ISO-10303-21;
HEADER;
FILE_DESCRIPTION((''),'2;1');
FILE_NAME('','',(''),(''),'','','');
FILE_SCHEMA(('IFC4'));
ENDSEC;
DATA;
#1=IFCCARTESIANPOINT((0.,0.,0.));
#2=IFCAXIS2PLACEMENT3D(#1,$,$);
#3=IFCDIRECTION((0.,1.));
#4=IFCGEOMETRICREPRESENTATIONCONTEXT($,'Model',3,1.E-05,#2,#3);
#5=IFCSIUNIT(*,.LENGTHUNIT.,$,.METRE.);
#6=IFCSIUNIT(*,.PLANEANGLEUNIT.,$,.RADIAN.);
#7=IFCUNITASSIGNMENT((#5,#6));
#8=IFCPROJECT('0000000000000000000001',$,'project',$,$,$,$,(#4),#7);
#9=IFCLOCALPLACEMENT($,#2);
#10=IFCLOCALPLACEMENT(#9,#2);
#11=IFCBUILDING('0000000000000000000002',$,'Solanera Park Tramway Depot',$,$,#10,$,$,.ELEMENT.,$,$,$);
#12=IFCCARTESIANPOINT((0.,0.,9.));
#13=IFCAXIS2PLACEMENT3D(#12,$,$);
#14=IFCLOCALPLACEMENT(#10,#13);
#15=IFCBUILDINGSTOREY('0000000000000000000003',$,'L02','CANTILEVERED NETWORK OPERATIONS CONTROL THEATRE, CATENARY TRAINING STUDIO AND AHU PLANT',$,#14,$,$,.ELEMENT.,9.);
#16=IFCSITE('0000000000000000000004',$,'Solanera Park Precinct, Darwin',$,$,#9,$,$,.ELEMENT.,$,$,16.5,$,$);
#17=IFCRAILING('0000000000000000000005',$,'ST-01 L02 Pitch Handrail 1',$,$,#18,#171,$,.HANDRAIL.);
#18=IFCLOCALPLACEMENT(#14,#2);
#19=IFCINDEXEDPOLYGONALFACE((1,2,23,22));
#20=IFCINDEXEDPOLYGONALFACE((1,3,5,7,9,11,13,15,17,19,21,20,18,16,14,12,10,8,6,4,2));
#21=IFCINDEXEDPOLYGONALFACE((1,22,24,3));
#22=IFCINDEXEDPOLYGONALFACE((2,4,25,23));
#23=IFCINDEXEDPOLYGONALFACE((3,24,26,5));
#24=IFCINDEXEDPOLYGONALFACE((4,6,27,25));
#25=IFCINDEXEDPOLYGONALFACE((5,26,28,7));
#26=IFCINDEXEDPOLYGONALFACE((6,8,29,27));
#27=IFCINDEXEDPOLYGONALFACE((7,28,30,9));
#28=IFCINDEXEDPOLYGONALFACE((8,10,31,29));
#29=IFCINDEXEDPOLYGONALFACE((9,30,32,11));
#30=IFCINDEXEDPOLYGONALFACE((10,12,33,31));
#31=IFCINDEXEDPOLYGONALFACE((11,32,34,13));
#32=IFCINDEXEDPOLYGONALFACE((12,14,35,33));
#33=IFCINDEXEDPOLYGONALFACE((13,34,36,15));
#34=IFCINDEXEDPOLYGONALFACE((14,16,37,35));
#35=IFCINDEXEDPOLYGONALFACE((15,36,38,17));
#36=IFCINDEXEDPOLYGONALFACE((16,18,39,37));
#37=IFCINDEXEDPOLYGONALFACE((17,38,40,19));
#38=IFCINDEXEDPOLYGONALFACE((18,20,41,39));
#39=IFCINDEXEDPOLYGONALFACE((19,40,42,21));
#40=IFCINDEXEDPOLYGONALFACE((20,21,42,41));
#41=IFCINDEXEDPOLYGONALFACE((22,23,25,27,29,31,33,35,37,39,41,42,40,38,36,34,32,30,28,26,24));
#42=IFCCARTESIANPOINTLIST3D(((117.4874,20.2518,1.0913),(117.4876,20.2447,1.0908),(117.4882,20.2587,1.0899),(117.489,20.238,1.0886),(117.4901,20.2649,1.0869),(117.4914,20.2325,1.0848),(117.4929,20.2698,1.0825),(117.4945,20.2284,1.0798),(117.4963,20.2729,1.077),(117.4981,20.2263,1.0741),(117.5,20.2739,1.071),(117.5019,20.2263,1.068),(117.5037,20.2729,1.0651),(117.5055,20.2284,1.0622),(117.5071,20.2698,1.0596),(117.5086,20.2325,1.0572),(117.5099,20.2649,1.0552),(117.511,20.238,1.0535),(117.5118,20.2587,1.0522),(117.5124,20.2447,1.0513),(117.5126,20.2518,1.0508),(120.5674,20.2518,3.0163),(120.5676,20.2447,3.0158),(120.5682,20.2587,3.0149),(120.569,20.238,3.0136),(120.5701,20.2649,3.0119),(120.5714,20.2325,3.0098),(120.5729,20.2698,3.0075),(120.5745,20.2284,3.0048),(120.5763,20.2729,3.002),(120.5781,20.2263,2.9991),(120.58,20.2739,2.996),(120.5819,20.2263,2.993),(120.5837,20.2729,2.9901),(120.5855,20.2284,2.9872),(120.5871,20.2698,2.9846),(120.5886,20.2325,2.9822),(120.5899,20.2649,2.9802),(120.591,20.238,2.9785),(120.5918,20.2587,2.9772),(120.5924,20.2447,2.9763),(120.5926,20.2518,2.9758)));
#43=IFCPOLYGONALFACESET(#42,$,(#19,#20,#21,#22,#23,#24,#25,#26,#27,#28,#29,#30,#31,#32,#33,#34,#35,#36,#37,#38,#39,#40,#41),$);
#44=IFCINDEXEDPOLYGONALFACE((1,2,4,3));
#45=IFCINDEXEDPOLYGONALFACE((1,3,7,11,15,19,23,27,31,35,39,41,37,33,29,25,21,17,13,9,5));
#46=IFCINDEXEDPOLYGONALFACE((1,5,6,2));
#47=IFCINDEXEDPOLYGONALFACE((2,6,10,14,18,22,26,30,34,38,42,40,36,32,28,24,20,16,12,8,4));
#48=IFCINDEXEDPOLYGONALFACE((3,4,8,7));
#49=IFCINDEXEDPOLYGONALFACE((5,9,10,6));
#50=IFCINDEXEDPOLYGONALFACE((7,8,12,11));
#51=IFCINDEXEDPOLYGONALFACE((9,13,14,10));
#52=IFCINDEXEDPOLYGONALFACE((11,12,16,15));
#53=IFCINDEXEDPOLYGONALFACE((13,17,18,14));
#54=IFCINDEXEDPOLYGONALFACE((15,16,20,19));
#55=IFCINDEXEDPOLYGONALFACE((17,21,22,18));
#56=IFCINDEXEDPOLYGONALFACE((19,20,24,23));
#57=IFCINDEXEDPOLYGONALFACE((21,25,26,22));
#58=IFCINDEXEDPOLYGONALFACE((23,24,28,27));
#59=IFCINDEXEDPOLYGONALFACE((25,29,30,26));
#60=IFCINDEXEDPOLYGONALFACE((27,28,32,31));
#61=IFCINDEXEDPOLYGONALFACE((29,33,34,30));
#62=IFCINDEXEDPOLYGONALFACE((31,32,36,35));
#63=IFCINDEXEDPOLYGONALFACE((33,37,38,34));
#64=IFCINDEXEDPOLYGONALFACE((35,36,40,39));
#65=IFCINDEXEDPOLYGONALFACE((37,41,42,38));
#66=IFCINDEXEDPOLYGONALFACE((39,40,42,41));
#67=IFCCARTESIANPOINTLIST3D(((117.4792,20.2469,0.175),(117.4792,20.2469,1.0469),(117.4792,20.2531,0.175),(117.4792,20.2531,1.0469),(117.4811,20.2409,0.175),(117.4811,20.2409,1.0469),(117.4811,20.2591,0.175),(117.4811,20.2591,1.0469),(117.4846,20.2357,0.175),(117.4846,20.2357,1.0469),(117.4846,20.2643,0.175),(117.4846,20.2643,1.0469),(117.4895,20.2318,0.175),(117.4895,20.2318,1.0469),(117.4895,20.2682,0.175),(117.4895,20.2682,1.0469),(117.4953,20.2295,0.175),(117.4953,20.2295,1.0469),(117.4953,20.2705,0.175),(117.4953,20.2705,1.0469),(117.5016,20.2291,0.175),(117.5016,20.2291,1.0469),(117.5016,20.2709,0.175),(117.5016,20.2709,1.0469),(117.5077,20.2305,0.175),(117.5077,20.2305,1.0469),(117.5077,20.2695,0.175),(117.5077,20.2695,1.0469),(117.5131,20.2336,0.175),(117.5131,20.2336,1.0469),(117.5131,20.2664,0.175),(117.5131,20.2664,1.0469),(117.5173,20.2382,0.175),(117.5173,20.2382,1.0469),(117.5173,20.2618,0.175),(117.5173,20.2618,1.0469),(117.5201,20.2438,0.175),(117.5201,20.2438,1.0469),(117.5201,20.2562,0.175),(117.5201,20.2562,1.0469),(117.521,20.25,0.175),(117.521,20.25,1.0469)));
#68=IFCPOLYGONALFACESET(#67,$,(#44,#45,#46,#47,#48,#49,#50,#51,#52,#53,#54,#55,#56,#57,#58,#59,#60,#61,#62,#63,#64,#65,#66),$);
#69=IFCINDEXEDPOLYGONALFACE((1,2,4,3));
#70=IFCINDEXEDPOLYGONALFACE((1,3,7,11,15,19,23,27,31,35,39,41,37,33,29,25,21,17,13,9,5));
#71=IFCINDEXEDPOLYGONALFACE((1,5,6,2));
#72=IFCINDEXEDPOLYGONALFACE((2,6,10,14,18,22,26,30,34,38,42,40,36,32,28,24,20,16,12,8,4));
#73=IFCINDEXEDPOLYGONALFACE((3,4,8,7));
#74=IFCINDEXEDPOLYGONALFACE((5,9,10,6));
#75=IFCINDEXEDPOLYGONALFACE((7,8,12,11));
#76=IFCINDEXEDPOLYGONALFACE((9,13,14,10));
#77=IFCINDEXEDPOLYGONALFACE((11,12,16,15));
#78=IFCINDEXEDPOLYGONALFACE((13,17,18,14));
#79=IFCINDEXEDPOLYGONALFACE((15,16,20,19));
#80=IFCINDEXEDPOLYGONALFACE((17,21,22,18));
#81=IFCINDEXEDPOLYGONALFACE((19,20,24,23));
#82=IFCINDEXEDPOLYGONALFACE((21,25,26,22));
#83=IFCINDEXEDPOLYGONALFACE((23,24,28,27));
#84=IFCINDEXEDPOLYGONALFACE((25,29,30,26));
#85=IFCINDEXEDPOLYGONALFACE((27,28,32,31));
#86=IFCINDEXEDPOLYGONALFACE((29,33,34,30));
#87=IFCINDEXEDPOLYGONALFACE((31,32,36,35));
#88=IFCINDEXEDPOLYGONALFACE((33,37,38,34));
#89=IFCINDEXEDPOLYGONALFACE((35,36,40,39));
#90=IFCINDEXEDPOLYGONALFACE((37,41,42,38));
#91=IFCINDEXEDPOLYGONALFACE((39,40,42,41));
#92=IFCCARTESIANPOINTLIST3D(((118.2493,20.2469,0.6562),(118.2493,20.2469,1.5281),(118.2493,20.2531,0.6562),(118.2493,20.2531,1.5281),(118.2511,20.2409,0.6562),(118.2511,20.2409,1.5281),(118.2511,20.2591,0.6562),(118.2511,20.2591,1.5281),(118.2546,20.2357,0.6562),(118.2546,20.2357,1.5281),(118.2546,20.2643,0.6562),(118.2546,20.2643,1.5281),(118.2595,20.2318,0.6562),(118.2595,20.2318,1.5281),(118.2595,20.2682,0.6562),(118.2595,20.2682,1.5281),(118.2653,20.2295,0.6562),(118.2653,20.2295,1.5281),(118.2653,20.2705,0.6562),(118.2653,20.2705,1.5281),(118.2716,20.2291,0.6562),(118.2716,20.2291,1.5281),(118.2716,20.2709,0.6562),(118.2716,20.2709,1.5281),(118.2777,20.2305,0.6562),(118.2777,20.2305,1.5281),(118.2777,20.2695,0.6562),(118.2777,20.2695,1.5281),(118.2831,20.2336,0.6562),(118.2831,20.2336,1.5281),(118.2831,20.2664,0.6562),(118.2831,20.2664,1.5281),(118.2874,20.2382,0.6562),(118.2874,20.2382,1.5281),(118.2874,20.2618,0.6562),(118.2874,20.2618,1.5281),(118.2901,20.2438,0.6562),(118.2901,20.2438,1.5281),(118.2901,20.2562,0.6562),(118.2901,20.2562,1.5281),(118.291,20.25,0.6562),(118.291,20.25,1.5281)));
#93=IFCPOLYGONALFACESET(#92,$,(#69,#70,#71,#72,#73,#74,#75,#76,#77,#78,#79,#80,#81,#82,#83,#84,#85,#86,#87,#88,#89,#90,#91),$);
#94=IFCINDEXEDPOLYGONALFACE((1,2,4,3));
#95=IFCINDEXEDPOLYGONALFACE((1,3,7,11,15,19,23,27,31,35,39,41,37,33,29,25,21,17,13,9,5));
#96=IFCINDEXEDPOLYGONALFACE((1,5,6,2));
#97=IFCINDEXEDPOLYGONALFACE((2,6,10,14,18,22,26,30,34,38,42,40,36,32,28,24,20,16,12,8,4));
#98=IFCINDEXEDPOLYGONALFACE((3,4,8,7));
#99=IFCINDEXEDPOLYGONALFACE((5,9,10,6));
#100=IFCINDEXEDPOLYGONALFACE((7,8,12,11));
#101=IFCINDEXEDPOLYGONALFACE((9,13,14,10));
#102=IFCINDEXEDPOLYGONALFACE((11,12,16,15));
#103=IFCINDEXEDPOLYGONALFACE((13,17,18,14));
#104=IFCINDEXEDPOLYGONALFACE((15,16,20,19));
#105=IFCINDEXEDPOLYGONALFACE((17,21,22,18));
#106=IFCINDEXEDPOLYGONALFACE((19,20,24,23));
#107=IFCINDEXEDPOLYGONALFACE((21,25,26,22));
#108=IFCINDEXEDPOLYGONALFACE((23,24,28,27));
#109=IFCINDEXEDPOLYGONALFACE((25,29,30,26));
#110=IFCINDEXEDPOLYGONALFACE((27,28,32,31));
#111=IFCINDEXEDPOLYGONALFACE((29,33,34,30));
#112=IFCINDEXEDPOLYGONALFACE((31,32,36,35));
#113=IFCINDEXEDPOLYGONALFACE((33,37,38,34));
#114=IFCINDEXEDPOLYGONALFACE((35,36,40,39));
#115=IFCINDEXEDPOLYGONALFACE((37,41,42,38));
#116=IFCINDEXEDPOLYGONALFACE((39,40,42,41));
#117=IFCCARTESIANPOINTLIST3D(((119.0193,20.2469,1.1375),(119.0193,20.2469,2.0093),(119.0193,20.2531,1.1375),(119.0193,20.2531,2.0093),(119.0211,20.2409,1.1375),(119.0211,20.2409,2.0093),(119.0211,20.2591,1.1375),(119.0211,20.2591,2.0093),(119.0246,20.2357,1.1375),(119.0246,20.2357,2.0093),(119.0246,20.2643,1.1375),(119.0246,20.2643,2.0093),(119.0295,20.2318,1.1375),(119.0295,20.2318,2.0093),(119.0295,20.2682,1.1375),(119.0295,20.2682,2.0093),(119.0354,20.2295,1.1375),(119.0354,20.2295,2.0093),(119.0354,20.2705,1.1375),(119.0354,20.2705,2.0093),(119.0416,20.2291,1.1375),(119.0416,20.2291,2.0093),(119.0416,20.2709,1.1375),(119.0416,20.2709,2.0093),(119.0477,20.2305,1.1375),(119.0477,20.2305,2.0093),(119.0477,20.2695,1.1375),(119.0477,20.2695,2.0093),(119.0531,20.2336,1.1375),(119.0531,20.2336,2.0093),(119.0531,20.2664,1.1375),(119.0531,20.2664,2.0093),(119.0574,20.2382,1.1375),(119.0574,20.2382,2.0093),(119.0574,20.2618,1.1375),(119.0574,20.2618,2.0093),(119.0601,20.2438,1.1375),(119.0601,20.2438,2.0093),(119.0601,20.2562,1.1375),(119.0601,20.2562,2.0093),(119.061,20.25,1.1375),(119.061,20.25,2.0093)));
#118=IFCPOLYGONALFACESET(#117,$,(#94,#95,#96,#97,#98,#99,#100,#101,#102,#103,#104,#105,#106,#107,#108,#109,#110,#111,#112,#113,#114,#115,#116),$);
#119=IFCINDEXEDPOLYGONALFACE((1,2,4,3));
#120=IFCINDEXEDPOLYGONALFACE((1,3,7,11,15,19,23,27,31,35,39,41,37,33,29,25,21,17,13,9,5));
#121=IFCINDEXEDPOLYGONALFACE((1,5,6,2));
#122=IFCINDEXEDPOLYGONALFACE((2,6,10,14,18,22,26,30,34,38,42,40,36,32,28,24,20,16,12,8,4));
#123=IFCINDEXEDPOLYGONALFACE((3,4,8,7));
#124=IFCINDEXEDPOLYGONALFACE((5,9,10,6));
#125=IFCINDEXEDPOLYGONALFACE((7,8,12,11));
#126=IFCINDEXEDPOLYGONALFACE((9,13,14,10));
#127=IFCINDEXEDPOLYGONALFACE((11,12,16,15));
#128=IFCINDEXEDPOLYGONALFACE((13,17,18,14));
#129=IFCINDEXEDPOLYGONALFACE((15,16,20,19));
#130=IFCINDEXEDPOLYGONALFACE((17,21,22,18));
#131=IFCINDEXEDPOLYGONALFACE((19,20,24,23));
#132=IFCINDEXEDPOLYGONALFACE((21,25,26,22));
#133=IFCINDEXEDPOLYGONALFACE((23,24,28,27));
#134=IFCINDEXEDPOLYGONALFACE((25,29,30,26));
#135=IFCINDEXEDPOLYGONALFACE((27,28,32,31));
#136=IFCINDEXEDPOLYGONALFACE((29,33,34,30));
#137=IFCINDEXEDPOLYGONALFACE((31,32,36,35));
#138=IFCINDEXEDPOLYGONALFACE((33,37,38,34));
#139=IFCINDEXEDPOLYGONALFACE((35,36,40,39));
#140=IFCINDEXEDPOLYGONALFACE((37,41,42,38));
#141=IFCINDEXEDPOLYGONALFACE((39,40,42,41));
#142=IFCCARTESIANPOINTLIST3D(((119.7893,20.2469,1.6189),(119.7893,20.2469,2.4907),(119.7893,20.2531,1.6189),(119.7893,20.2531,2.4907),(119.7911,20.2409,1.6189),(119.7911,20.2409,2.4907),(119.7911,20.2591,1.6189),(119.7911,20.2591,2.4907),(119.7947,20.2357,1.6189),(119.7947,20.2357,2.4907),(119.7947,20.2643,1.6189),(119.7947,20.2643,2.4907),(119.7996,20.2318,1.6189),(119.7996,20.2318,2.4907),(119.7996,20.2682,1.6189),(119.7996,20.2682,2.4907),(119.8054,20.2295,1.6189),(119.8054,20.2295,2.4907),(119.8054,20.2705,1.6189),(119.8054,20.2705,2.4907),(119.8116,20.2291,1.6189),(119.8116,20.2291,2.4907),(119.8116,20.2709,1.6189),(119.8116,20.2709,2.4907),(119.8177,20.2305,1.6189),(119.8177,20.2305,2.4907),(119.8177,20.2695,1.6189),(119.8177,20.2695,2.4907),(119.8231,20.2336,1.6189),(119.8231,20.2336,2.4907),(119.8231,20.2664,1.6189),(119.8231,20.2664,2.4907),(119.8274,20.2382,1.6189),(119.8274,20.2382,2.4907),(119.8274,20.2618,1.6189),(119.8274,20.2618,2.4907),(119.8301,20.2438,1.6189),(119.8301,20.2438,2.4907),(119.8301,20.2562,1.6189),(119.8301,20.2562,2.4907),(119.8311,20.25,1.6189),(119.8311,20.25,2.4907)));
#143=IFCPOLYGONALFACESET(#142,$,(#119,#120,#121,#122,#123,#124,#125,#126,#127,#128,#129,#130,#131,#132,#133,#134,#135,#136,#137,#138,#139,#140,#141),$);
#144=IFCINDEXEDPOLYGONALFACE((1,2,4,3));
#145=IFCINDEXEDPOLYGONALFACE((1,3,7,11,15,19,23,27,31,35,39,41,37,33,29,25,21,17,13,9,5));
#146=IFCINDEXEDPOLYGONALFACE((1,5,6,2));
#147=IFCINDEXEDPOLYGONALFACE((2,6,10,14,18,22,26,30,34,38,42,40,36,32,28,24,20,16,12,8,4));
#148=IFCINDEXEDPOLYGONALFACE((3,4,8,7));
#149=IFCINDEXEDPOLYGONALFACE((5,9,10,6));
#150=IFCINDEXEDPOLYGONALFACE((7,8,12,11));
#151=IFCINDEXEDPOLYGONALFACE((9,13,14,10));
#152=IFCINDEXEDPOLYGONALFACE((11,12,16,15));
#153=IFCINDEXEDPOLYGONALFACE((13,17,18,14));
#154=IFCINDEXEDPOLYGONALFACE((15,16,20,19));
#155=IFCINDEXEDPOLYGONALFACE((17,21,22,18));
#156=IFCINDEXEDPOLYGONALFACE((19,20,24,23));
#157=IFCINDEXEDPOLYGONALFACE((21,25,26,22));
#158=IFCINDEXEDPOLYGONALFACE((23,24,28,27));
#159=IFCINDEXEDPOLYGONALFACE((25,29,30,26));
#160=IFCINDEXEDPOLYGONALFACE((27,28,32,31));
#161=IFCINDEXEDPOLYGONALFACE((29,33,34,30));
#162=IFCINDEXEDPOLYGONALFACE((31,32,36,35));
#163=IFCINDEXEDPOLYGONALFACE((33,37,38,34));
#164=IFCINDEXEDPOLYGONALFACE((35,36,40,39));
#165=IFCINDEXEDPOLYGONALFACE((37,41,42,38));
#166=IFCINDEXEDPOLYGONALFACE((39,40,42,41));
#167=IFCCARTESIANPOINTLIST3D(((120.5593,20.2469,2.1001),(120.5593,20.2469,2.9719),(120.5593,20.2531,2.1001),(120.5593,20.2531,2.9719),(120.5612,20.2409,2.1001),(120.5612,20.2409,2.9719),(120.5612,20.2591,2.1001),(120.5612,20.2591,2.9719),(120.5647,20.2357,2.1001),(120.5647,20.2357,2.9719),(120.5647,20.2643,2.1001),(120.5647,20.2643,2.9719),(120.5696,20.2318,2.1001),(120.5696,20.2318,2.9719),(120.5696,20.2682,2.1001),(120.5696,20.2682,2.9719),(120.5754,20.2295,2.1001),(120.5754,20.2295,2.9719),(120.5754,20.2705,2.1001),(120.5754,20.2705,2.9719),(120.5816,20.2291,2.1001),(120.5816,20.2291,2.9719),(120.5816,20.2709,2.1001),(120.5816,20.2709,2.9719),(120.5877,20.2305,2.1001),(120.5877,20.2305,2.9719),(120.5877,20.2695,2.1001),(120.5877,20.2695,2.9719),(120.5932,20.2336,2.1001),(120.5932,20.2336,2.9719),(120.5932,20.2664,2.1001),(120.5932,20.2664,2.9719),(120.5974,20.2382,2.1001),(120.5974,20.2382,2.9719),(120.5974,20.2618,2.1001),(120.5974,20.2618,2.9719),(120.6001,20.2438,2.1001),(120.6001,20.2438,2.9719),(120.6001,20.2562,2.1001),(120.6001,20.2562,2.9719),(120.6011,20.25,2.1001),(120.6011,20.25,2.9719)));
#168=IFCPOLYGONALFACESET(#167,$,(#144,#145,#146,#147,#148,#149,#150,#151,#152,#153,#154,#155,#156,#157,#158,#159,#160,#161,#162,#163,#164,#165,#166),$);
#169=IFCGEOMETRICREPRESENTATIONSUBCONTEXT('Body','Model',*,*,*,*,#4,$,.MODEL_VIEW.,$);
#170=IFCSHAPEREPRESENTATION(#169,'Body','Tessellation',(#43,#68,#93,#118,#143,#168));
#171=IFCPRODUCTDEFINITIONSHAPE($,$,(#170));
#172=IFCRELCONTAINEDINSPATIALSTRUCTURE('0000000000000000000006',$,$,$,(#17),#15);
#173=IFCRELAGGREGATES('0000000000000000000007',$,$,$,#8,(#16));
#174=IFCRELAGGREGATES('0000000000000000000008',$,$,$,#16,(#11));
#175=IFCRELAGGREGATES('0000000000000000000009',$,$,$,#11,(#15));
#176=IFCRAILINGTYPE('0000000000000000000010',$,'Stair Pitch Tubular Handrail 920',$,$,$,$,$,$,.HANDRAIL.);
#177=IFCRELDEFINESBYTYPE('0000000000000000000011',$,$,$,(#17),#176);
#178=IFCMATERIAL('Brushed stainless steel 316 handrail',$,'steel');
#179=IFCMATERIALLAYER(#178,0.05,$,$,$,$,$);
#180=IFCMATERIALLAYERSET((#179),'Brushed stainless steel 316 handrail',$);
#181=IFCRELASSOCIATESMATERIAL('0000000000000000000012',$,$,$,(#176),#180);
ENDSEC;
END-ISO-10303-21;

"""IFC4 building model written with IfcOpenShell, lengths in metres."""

from ifc_helpers import new_model, si_unit, direction, frame, origin, origin_2d, place, context, subcontext, project, spatial, circle, extrude, material, layer, layer_set, type_object, element, save


model = new_model("IFC4")

# Units and contexts
model_context = context("Model", 3, precision=1e-05, world=origin(), true_north=direction((0.0, 1.0)))
body_context = subcontext(model_context, "Body", "Model", "MODEL_VIEW")
ifc_project = project(units=[si_unit("LENGTHUNIT", "METRE"), si_unit("PLANEANGLEUNIT", "RADIAN")], contexts=[model_context])

# Site, building, storey
site_placement = place(None, origin())
site = spatial("IfcSite", under=ifc_project, at=site_placement, Name="Solanera Park Precinct, Darwin", CompositionType="ELEMENT", RefElevation=16.5)
building_placement = place(site_placement, origin())
building = spatial("IfcBuilding", under=site, at=building_placement, Name="Solanera Park Tramway Depot", CompositionType="ELEMENT")
storey_placement = place(building_placement, frame((0.0, 0.0, 9.0)))
storey = spatial("IfcBuildingStorey", under=building, at=storey_placement, Name="L02", Description="CANTILEVERED NETWORK OPERATIONS CONTROL THEATRE, CATENARY TRAINING STUDIO AND AHU PLANT", CompositionType="ELEMENT", Elevation=9.0)

# Railing
ifc_material_1 = material(Name="Brushed stainless steel 316 handrail", Category="steel")
ifc_layer_1 = layer(ifc_material_1, 0.05)
ifc_layer_set_1 = layer_set([ifc_layer_1], Name="Brushed stainless steel 316 handrail")
railing_type_1 = type_object("IfcRailingType", Name="Stair Pitch Tubular Handrail 920", PredefinedType="HANDRAIL", material=ifc_layer_set_1)
railing_1_placement = place(storey_placement, frame((117.5, 20.25, 0.175)))
element("IfcRailing", 1, at=railing_1_placement, inside=storey, type_object=railing_type_1, Name="ST-01 L02 Pitch Handrail 1", PredefinedType="HANDRAIL", context=body_context, shape_type="SweptSolid", body=[
    extrude(circle(Radius=0.0239, at=origin_2d()), frame((0.0, 0.0, 0.896), z_axis=(0.847998, 0.0, 0.529999), x_axis=(0.0, 1.0, 0.0)), (0.0, 0.0, 1.0), 3.6321),
    extrude(circle(Radius=0.021, at=origin_2d()), origin(), (0.0, 0.0, 1.0), 0.8718),
    extrude(circle(Radius=0.021, at=origin_2d()), frame((0.77, 0.0, 0.4812)), (0.0, 0.0, 1.0), 0.8718),
    extrude(circle(Radius=0.021, at=origin_2d()), frame((1.54, 0.0, 0.9624)), (0.0, 0.0, 1.0), 0.8718),
    extrude(circle(Radius=0.021, at=origin_2d()), frame((2.3101, 0.0, 1.4438)), (0.0, 0.0, 1.0), 0.8718),
    extrude(circle(Radius=0.021, at=origin_2d()), frame((3.0801, 0.0, 1.925)), (0.0, 0.0, 1.0), 0.8718),
])

save(model, "model.ifc")
